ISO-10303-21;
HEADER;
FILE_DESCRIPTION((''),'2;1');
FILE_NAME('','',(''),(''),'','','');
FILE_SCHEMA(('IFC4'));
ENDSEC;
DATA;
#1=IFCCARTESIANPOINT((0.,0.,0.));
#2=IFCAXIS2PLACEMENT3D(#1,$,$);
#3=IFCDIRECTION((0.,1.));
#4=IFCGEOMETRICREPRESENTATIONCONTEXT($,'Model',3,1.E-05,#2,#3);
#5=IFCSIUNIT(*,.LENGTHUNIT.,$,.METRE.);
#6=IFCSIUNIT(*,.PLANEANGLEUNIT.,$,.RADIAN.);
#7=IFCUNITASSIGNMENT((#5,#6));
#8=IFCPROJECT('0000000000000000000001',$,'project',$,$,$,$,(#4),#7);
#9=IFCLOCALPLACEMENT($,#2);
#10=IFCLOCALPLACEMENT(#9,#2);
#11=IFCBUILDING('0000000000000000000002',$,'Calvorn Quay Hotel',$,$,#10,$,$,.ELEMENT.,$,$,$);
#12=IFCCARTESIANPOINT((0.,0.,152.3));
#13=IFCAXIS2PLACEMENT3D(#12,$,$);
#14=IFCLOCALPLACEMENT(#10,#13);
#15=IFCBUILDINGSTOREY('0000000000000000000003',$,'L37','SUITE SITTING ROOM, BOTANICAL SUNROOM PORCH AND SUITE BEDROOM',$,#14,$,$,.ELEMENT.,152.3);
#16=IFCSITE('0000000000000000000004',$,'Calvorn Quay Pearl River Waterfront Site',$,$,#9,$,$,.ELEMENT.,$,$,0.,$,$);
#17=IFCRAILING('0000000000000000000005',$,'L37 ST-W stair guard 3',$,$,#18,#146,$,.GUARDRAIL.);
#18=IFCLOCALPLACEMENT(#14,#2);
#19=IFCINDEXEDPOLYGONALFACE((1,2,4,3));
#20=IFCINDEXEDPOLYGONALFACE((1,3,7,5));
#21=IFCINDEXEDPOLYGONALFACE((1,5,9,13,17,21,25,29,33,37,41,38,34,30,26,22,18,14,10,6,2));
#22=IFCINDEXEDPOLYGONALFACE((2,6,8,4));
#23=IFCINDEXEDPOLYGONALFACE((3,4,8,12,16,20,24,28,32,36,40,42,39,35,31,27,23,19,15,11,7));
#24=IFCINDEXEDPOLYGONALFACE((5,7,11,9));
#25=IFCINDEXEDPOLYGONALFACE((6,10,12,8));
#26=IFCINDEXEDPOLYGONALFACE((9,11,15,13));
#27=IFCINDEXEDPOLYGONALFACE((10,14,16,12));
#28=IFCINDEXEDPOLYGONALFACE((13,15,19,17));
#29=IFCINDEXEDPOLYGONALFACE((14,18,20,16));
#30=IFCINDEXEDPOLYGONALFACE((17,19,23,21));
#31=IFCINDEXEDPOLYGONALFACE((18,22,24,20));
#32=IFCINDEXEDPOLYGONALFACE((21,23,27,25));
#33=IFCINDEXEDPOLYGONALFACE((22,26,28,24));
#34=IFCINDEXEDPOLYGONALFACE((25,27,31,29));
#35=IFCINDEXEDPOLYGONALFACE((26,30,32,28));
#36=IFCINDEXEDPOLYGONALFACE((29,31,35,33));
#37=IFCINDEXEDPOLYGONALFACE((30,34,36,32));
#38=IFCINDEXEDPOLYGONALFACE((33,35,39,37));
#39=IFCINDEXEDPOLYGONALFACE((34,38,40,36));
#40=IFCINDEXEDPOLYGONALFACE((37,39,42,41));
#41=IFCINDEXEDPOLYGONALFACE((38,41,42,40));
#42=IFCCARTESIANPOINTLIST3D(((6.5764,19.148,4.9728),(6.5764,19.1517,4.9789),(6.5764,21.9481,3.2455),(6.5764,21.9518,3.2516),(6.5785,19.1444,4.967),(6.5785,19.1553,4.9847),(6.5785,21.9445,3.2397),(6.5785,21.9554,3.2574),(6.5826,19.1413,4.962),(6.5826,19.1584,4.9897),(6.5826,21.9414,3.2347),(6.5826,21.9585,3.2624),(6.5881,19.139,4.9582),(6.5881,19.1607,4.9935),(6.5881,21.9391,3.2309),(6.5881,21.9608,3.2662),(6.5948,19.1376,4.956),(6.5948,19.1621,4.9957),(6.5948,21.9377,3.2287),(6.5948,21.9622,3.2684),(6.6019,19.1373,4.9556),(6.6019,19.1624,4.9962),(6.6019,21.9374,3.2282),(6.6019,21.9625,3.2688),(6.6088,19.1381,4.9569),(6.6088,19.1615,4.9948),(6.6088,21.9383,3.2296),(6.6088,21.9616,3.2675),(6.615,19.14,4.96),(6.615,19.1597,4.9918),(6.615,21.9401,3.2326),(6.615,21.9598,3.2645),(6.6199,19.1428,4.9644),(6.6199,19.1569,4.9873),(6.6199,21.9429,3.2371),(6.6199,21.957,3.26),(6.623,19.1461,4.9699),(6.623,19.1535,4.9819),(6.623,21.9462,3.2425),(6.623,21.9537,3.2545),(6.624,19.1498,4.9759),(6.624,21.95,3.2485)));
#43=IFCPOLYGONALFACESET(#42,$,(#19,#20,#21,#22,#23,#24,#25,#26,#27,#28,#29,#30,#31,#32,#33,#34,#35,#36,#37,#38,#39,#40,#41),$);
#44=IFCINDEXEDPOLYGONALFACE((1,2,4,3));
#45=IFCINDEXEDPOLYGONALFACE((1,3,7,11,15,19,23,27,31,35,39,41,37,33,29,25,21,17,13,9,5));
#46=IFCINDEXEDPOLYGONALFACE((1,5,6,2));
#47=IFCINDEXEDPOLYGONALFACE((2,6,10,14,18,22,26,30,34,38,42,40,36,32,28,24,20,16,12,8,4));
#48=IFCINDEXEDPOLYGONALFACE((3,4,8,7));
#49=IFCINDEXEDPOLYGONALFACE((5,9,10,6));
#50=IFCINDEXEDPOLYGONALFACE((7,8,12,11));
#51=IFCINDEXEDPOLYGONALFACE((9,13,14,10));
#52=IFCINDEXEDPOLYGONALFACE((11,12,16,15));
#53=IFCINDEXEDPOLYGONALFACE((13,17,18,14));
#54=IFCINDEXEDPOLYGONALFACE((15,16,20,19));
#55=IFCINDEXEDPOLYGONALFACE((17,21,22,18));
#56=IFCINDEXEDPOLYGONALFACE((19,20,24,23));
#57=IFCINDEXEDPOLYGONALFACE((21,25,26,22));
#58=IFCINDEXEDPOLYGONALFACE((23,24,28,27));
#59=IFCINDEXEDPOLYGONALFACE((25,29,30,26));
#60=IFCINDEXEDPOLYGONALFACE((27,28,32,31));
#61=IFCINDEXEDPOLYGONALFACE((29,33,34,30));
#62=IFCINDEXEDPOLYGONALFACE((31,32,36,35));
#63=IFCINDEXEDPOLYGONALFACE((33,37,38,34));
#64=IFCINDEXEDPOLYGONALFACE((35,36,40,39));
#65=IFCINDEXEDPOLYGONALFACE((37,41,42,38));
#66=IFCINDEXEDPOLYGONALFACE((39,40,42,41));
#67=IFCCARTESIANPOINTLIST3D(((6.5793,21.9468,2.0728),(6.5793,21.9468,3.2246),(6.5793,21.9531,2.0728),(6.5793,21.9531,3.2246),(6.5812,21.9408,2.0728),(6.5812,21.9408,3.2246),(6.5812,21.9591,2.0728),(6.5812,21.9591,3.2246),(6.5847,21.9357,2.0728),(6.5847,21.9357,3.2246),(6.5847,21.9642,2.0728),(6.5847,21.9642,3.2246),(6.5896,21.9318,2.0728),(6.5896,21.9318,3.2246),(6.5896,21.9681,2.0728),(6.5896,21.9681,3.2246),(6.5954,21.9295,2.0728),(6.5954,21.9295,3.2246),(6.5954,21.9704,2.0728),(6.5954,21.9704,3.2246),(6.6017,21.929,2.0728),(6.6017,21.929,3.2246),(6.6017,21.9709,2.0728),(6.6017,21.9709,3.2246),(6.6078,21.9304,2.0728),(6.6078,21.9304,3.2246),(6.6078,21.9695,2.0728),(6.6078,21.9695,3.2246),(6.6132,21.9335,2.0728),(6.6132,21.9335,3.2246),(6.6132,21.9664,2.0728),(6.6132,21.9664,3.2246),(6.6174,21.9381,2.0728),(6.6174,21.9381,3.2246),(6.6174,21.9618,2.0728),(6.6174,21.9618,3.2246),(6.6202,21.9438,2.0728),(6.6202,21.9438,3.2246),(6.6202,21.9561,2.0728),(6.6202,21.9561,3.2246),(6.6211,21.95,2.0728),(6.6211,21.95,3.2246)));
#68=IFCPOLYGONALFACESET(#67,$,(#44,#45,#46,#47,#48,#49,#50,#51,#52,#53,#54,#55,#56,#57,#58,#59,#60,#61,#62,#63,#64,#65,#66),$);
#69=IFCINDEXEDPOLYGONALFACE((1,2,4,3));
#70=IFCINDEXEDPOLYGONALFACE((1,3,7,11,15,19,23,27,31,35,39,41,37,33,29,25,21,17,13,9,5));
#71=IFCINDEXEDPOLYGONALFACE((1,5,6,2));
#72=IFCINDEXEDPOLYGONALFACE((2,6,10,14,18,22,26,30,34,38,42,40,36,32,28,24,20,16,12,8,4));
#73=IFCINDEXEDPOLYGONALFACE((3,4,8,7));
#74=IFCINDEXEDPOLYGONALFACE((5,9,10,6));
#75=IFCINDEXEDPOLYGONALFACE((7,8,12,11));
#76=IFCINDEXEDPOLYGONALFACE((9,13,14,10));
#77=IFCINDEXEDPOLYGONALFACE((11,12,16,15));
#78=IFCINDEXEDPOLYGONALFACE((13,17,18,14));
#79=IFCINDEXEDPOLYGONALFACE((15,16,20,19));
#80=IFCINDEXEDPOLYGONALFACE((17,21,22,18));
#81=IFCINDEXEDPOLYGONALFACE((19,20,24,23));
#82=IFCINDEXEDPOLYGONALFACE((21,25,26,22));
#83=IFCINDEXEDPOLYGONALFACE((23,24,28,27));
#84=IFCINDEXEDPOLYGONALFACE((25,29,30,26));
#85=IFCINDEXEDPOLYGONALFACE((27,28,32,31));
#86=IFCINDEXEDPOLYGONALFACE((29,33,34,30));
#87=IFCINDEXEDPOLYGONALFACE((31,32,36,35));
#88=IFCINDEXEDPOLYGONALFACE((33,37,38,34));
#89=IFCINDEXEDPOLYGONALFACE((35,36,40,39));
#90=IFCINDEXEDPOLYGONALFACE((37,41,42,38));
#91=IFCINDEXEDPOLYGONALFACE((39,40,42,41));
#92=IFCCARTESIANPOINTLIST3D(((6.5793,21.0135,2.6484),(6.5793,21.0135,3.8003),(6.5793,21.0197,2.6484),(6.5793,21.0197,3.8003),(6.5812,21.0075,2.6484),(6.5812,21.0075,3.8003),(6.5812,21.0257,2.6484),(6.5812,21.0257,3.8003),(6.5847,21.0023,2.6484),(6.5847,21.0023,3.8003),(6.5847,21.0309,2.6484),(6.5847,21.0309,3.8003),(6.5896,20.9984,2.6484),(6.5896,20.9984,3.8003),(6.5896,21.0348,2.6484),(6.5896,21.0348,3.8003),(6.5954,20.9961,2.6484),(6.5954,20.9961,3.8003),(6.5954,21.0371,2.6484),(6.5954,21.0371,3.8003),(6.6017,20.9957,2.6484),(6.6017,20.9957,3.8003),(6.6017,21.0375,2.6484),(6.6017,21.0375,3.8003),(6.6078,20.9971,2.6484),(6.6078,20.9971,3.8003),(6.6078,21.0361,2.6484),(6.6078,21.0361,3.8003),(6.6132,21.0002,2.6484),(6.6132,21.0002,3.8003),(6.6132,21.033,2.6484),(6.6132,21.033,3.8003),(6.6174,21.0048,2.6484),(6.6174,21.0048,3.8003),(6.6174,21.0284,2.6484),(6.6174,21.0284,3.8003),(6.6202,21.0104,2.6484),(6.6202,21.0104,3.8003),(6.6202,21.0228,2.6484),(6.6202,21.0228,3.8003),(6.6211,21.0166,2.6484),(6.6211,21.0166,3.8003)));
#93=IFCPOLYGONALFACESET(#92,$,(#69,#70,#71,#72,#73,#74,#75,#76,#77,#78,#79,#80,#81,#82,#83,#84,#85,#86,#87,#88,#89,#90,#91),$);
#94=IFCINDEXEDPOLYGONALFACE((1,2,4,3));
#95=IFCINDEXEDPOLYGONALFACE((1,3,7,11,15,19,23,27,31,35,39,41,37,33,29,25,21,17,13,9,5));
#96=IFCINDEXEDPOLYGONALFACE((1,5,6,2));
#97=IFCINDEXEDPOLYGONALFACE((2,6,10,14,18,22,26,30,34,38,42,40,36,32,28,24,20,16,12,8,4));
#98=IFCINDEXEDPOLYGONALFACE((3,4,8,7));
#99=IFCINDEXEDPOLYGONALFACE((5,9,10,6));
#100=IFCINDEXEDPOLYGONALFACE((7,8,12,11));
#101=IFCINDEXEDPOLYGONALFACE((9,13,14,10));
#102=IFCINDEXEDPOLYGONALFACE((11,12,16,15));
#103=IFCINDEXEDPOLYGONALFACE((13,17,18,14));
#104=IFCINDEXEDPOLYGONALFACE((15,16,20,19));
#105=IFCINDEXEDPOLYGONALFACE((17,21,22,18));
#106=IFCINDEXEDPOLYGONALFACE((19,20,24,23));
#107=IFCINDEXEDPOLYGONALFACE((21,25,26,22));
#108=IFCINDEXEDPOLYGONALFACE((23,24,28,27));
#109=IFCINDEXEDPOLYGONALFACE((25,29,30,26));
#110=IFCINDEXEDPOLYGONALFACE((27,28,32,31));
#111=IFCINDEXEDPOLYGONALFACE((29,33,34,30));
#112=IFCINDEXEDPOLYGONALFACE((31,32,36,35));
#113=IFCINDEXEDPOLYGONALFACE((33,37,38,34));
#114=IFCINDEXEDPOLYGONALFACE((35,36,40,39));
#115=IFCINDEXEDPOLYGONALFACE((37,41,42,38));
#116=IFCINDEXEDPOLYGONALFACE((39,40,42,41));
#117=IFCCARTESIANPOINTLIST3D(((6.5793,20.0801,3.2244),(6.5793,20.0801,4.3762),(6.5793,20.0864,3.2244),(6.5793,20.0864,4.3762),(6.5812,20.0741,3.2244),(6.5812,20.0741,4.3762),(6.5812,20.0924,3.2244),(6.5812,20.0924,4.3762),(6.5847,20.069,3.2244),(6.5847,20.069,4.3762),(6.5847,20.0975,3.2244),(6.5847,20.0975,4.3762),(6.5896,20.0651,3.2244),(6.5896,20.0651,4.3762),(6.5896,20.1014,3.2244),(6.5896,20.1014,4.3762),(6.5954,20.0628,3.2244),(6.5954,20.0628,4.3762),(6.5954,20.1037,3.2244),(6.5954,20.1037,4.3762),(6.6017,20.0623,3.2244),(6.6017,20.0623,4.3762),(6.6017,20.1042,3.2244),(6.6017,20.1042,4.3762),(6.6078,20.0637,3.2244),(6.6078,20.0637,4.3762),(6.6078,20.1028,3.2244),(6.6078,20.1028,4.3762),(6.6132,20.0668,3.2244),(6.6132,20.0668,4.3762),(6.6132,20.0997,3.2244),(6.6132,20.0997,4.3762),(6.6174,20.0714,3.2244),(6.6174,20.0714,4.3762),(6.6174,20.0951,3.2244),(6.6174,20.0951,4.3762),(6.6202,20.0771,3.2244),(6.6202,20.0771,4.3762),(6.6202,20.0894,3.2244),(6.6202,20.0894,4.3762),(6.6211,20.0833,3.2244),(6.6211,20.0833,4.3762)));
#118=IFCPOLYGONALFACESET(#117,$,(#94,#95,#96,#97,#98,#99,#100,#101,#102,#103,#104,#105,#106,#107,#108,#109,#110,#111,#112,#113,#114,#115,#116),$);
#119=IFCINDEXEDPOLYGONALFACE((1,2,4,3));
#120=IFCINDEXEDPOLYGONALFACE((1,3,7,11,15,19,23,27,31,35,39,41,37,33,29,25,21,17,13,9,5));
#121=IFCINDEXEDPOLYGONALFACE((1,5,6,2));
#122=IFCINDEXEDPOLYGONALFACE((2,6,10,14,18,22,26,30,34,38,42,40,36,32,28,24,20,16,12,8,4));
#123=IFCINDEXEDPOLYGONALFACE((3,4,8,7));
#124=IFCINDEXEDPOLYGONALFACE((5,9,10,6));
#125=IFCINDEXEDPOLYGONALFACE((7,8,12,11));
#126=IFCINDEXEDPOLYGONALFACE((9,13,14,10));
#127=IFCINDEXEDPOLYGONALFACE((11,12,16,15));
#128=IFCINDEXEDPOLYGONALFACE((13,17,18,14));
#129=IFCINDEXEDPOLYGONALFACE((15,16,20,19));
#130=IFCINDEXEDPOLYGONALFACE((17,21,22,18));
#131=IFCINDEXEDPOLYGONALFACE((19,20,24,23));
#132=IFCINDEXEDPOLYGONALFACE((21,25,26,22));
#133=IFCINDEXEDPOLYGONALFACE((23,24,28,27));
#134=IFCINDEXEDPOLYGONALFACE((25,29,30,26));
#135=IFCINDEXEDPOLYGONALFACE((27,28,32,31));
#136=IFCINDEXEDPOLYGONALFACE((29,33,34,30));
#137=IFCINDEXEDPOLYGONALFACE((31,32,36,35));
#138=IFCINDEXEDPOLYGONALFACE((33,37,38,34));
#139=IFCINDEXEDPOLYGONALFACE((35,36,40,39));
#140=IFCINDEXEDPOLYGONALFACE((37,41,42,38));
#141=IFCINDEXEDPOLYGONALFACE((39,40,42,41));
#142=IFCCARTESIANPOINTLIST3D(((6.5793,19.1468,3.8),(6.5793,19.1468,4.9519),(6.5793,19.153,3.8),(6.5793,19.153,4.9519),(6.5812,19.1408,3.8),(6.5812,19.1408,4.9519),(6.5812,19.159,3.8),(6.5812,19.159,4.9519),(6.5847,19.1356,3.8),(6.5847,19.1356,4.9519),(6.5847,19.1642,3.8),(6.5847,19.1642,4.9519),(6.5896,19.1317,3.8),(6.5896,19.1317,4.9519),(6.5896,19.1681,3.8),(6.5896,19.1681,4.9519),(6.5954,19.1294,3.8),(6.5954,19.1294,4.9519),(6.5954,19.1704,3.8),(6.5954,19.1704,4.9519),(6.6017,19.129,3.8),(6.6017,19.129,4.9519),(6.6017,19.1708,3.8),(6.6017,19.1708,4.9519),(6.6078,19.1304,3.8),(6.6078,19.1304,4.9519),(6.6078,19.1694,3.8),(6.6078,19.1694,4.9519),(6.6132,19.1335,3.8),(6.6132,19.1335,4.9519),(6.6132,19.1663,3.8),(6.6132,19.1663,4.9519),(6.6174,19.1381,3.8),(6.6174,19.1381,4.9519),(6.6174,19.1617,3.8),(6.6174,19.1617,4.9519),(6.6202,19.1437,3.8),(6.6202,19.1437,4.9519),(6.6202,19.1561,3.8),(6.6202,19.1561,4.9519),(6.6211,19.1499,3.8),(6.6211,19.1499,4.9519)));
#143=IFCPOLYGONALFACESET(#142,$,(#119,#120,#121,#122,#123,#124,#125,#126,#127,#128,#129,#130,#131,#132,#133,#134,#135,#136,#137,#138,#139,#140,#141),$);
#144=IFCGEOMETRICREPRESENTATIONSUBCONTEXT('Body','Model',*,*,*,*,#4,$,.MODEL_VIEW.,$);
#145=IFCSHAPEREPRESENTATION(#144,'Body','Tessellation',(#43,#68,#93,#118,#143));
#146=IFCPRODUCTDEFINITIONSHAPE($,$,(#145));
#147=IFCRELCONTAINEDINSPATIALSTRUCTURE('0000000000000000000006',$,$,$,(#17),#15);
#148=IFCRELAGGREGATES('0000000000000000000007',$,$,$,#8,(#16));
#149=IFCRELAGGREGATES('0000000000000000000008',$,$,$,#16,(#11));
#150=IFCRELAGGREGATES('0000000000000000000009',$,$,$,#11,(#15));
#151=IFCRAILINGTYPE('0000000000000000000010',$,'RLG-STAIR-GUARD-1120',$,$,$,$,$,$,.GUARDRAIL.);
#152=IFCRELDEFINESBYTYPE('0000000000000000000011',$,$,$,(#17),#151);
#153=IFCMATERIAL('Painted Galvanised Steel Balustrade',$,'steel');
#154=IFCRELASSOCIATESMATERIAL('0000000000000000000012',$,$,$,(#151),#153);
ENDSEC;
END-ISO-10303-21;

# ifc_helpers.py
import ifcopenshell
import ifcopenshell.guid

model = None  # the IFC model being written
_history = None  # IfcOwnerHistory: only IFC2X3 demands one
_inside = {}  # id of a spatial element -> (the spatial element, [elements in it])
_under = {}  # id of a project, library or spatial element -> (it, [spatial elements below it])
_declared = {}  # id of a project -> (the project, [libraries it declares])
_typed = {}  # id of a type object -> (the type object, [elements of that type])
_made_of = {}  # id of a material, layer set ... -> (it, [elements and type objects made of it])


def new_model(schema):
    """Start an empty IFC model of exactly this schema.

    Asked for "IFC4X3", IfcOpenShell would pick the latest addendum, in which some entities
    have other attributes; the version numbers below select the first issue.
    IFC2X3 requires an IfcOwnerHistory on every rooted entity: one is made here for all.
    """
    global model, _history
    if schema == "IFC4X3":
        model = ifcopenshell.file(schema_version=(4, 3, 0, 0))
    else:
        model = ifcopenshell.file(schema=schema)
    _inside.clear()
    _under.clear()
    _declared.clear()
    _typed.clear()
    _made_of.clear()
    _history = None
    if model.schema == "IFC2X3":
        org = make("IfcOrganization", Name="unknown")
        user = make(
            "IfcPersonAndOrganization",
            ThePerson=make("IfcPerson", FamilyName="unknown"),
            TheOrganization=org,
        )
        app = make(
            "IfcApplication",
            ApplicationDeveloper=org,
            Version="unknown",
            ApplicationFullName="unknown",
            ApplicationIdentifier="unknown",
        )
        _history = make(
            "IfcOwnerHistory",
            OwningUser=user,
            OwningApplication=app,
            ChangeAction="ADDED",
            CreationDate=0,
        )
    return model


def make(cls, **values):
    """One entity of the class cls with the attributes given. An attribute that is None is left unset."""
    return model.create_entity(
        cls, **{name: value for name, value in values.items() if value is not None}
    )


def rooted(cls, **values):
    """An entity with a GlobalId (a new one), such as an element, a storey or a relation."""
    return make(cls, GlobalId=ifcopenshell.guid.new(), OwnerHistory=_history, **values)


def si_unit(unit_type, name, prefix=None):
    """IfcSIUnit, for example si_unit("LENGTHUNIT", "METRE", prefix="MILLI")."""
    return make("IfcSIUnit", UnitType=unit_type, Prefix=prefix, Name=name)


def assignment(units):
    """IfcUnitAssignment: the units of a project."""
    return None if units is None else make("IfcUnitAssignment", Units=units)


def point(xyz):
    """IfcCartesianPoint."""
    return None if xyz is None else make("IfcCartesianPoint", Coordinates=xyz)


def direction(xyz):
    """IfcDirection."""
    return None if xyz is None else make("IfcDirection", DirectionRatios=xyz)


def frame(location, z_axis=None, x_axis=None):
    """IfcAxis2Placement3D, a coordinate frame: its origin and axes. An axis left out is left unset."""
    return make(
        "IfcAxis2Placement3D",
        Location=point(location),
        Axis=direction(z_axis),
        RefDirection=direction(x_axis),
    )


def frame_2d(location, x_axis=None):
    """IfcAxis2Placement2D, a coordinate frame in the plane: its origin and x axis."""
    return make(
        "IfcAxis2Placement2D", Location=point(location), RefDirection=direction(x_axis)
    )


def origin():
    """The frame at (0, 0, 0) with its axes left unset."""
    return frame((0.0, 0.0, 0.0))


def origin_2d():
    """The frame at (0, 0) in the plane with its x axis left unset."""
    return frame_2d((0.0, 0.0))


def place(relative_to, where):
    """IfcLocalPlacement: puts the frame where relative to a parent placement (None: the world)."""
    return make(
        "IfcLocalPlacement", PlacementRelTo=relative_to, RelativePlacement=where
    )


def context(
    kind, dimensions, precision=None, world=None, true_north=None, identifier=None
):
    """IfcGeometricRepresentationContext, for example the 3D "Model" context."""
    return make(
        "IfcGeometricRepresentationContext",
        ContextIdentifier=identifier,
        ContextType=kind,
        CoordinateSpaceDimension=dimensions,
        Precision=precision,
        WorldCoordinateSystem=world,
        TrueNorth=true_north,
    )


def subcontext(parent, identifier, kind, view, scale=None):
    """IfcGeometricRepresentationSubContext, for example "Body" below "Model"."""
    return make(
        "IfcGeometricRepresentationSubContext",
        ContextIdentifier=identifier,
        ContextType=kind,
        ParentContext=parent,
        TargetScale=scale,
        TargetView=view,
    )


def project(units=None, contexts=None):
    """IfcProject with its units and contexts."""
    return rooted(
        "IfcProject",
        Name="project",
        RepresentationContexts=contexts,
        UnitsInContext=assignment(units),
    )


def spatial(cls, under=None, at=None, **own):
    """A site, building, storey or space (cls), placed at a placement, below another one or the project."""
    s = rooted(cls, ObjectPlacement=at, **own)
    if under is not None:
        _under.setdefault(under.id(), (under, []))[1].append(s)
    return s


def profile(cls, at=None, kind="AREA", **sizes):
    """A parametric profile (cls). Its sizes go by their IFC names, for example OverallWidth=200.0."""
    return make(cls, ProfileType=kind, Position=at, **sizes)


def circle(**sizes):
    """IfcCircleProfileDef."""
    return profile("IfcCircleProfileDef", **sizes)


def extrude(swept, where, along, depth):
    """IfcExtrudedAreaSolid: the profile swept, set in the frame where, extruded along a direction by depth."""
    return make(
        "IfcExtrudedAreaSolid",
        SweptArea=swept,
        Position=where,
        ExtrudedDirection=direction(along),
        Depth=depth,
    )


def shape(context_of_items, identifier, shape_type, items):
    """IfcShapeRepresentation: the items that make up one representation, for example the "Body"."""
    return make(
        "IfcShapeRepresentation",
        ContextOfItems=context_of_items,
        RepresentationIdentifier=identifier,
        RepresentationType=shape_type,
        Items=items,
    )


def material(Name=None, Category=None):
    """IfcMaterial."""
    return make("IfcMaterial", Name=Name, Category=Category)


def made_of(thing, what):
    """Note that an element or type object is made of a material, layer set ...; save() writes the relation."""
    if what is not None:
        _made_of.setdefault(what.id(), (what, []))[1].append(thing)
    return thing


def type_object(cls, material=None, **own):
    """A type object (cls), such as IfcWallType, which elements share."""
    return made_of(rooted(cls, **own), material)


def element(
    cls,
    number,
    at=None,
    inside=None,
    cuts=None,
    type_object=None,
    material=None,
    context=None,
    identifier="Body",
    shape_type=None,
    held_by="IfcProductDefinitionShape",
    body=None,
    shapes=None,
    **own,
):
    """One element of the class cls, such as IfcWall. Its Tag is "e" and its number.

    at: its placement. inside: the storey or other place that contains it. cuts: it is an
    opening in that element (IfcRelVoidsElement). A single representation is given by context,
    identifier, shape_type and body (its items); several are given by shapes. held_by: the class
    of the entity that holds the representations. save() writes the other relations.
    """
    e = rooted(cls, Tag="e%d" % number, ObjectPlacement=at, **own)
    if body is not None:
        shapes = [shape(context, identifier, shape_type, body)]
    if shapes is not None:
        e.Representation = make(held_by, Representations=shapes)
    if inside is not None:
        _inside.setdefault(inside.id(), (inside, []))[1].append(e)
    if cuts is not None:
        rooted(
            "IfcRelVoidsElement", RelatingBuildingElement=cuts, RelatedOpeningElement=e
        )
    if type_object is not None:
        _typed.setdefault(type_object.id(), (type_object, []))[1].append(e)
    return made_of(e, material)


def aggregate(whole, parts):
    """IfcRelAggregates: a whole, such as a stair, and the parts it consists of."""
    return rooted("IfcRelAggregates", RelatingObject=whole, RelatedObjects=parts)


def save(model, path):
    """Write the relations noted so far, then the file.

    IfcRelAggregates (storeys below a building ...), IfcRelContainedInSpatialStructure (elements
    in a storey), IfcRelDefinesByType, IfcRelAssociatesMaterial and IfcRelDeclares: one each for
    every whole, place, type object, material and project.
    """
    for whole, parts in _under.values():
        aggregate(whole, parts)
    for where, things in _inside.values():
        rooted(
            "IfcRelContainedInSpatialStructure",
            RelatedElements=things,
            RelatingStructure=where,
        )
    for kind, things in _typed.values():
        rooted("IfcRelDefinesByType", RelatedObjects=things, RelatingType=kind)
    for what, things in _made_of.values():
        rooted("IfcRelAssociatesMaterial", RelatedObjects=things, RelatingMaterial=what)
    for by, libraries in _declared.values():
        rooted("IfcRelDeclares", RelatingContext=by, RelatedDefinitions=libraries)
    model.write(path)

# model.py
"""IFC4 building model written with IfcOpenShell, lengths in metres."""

from ifc_helpers import new_model, si_unit, direction, frame, origin, origin_2d, place, context, subcontext, project, spatial, circle, extrude, material, type_object, element, save


model = new_model("IFC4")

# Units and contexts
model_context = context("Model", 3, precision=1e-05, world=origin(), true_north=direction((0.0, 1.0)))
body_context = subcontext(model_context, "Body", "Model", "MODEL_VIEW")
ifc_project = project(units=[si_unit("LENGTHUNIT", "METRE"), si_unit("PLANEANGLEUNIT", "RADIAN")], contexts=[model_context])

# Site, building, storey
site_placement = place(None, origin())
site = spatial("IfcSite", under=ifc_project, at=site_placement, Name="Calvorn Quay Pearl River Waterfront Site", CompositionType="ELEMENT", RefElevation=0.0)
building_placement = place(site_placement, origin())
building = spatial("IfcBuilding", under=site, at=building_placement, Name="Calvorn Quay Hotel", CompositionType="ELEMENT")
storey_placement = place(building_placement, frame((0.0, 0.0, 152.3)))
storey = spatial("IfcBuildingStorey", under=building, at=storey_placement, Name="L37", Description="SUITE SITTING ROOM, BOTANICAL SUNROOM PORCH AND SUITE BEDROOM", CompositionType="ELEMENT", Elevation=152.3)

# Railing
ifc_material_1 = material(Name="Painted Galvanised Steel Balustrade", Category="steel")
railing_type_1 = type_object("IfcRailingType", Name="RLG-STAIR-GUARD-1120", PredefinedType="GUARDRAIL", material=ifc_material_1)
railing_1_placement = place(storey_placement, frame((6.6001, 21.95, 2.0728)))
element("IfcRailing", 1, at=railing_1_placement, inside=storey, type_object=railing_type_1, Name="L37 ST-W stair guard 3", PredefinedType="GUARDRAIL", context=body_context, shape_type="SweptSolid", body=[
    extrude(circle(Radius=0.0239, at=origin_2d()), frame((0.0, 0.0, 1.1758), z_axis=(0.0, -0.85109, 0.52502), x_axis=(1.0, 0.0, 0.0)), (0.0, 0.0, 1.0), 3.29),
    extrude(circle(Radius=0.021, at=origin_2d()), origin(), (0.0, 0.0, 1.0), 1.1519),
    extrude(circle(Radius=0.021, at=origin_2d()), frame((0.0, -0.9333, 0.5757)), (0.0, 0.0, 1.0), 1.1519),
    extrude(circle(Radius=0.021, at=origin_2d()), frame((0.0, -1.8667, 1.1516)), (0.0, 0.0, 1.0), 1.1519),
    extrude(circle(Radius=0.021, at=origin_2d()), frame((0.0, -2.8, 1.7273)), (0.0, 0.0, 1.0), 1.1519),
])

save(model, "model.ifc")
